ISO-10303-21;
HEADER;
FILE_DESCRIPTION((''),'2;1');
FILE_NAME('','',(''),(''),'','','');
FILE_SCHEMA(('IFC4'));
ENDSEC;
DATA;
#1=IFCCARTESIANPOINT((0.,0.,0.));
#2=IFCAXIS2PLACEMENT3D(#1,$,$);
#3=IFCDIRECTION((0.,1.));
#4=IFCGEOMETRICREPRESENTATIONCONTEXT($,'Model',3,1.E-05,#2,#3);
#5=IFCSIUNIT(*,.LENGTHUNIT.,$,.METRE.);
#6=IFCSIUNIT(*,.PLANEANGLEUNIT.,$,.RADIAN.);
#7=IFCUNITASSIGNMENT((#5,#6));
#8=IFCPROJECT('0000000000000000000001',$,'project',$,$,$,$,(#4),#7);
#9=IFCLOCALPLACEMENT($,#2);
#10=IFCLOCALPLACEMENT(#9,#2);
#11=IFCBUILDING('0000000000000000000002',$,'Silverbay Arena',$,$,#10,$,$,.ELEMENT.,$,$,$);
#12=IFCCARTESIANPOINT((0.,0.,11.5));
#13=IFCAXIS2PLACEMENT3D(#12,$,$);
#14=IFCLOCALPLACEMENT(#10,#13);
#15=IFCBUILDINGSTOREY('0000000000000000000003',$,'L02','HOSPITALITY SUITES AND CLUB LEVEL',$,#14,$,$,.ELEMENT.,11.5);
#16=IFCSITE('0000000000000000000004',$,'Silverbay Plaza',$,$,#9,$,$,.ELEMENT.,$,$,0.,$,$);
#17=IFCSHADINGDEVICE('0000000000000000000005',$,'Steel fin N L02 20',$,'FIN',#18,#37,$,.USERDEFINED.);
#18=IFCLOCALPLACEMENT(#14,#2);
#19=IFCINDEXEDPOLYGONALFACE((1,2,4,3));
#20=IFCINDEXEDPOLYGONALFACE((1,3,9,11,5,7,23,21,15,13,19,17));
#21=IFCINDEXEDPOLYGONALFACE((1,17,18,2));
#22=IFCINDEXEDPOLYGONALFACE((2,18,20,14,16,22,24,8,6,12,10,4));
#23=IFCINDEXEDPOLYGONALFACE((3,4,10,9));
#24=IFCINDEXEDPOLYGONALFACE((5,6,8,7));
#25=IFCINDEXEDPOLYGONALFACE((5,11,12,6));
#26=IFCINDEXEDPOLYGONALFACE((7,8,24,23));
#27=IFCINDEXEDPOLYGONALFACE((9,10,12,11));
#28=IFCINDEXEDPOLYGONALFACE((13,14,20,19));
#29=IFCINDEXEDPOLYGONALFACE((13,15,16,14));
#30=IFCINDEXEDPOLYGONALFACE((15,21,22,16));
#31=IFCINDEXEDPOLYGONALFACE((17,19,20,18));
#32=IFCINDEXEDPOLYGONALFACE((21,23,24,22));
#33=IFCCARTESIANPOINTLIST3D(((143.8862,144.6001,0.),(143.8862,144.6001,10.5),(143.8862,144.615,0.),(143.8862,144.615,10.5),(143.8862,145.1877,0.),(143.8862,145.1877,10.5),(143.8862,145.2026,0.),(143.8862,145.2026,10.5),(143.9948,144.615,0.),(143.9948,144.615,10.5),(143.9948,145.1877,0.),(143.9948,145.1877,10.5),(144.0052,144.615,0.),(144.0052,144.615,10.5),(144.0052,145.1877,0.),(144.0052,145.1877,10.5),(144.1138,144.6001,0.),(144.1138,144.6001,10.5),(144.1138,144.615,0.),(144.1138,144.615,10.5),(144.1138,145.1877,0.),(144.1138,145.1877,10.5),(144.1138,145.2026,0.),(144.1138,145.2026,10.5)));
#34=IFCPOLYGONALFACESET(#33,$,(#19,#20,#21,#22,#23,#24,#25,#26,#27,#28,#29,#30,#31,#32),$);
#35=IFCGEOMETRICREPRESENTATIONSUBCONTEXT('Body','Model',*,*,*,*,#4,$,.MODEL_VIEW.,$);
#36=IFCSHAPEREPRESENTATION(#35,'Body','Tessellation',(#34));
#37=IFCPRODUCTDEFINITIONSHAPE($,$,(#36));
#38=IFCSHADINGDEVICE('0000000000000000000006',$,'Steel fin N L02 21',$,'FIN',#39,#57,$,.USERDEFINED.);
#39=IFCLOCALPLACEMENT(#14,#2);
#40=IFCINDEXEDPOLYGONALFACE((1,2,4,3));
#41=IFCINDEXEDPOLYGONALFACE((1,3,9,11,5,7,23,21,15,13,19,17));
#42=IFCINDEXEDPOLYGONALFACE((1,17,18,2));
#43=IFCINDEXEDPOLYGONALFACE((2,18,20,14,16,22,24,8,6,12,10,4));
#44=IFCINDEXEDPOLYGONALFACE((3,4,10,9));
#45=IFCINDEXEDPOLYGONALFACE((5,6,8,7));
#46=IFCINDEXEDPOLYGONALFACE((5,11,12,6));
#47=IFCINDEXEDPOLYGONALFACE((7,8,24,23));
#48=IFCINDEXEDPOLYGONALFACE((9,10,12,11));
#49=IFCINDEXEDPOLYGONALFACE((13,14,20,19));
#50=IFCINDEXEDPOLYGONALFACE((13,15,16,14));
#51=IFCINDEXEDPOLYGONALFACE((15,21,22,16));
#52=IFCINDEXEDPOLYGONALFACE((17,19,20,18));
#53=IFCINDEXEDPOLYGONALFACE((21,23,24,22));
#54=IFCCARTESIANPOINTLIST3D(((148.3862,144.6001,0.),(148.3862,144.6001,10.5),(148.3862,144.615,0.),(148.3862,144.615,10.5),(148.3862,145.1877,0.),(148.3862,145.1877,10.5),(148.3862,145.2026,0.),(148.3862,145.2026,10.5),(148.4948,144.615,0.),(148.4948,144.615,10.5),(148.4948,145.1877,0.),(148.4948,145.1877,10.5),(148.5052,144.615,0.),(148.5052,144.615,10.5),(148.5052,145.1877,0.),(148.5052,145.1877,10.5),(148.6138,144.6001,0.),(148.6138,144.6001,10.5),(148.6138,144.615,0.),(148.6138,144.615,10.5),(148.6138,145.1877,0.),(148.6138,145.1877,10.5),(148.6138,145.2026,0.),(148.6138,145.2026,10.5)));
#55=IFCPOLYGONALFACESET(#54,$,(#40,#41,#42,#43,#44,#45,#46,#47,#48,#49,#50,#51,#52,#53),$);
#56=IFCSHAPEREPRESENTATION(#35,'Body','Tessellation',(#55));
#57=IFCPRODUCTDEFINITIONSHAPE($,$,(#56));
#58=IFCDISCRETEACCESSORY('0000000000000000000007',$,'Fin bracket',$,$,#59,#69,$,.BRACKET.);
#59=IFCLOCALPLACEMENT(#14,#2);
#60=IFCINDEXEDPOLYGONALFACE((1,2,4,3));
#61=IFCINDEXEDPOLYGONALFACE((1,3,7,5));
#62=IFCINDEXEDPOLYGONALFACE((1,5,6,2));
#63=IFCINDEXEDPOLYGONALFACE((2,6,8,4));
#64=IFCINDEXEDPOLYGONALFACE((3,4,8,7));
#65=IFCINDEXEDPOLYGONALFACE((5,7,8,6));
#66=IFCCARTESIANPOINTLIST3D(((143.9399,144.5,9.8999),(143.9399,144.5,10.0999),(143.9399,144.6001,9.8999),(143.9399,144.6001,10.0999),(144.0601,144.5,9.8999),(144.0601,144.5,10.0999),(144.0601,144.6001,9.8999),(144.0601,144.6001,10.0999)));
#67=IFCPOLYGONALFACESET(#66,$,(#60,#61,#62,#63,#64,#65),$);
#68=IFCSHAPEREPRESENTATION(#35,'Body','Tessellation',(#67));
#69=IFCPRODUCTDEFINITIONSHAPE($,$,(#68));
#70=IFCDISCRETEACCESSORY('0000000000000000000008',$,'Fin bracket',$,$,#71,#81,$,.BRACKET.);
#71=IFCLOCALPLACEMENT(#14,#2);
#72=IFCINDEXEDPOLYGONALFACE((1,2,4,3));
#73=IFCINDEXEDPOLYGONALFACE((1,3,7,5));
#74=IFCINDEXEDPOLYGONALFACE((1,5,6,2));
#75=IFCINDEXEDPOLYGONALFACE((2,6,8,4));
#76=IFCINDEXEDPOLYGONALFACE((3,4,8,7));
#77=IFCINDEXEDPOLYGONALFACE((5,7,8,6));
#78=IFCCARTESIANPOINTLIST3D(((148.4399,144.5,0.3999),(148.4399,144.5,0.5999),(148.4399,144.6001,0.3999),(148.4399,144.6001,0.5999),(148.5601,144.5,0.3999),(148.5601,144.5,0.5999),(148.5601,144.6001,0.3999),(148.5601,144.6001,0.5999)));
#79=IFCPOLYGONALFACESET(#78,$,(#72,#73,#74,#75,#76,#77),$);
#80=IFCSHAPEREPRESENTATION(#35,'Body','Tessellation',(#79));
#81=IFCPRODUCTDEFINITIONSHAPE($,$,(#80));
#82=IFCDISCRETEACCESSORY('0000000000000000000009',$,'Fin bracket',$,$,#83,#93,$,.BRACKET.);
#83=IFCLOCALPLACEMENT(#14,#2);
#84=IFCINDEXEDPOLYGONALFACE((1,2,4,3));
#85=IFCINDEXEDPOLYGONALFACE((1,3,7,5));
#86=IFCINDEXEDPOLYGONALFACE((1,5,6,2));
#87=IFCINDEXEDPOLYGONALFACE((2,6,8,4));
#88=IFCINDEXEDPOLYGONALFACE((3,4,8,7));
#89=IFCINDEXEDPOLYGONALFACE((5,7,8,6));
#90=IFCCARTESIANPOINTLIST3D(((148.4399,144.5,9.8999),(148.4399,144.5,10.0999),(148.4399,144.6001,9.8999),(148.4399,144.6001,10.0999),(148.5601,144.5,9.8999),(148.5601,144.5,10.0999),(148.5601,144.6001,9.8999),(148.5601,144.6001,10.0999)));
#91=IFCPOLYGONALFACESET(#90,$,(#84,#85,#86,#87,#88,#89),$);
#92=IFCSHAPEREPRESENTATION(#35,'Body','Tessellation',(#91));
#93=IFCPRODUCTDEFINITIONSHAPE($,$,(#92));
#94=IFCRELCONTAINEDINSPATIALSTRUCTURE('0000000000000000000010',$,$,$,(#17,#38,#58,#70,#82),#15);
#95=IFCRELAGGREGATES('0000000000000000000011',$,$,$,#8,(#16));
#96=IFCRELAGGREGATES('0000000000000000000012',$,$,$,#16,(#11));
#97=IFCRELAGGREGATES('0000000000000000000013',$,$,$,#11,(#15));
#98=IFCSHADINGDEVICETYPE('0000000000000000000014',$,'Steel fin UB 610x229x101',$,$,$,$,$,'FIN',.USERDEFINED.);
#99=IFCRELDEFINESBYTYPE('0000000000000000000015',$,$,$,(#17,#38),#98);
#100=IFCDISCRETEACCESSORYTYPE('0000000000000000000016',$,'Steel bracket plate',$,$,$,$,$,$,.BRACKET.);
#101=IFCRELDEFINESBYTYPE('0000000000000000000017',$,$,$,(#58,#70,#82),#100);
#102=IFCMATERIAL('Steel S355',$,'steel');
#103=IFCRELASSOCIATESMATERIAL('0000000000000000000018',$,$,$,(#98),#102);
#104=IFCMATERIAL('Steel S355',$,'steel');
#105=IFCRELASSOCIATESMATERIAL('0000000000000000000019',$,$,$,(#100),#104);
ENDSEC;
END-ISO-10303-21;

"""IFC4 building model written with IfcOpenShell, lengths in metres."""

from ifc_helpers import new_model, si_unit, direction, frame, origin, origin_2d, place, context, subcontext, project, spatial, rectangle, i_section, extrude, material, material_profile, profile_set, type_object, element, save


model = new_model("IFC4")

# Units and contexts
model_context = context("Model", 3, precision=1e-05, world=origin(), true_north=direction((0.0, 1.0)))
body_context = subcontext(model_context, "Body", "Model", "MODEL_VIEW")
ifc_project = project(units=[si_unit("LENGTHUNIT", "METRE"), si_unit("PLANEANGLEUNIT", "RADIAN")], contexts=[model_context])

# Site, building, storey
site_placement = place(None, origin())
site = spatial("IfcSite", under=ifc_project, at=site_placement, Name="Silverbay Plaza", CompositionType="ELEMENT", RefElevation=0.0)
building_placement = place(site_placement, origin())
building = spatial("IfcBuilding", under=site, at=building_placement, Name="Silverbay Arena", CompositionType="ELEMENT")
storey_placement = place(building_placement, frame((0.0, 0.0, 11.5)))
storey = spatial("IfcBuildingStorey", under=building, at=storey_placement, Name="L02", Description="HOSPITALITY SUITES AND CLUB LEVEL", CompositionType="ELEMENT", Elevation=11.5)

# Shading devices
ifc_material_1 = material(Name="Steel S355", Category="steel")
ifc_material_profile_1 = material_profile(ifc_material_1, i_section(OverallWidth=0.2275, OverallDepth=0.6025, WebThickness=0.0105, FlangeThickness=0.0149, at=origin_2d()), Name="UB 610x229x101")
ifc_profile_set_1 = profile_set([ifc_material_profile_1], Name="Steel S355")
shading_device_type = type_object("IfcShadingDeviceType", Name="Steel fin UB 610x229x101", ElementType="FIN", PredefinedType="USERDEFINED", material=ifc_profile_set_1)
for number, where, z_axis, x_axis, name in (
    (1, (144.0, 144.9014, 0.0), (0.0, 0.0, 1.0), (1.0, 0.0, 0.0), "Steel fin N L02 20"),
    (2, (148.5, 144.9014, 0.0), (0.0, 0.0, 1.0), (1.0, 0.0, 0.0), "Steel fin N L02 21"),
):
    element("IfcShadingDevice", number, at=place(storey_placement, frame(where, z_axis=z_axis, x_axis=x_axis)), inside=storey, type_object=shading_device_type, Name=name, ObjectType="FIN", PredefinedType="USERDEFINED", context=body_context, shape_type="SweptSolid", body=[
        extrude(i_section(OverallWidth=0.2275, OverallDepth=0.6025, WebThickness=0.0105, FlangeThickness=0.0149, at=origin_2d()), origin(), (0.0, 0.0, 1.0), 10.5),
    ])

# Discrete accessories
ifc_material_2 = material(Name="Steel S355", Category="steel")
discrete_accessory_type = type_object("IfcDiscreteAccessoryType", Name="Steel bracket plate", PredefinedType="BRACKET", material=ifc_material_2)
for number, where, z_axis, x_axis, name in (
    (3, (144.0, 144.55, 9.8999), (0.0, 0.0, 1.0), (1.0, 0.0, 0.0), "Fin bracket"),
    (4, (148.5, 144.55, 0.3999), (0.0, 0.0, 1.0), (1.0, 0.0, 0.0), "Fin bracket"),
    (5, (148.5, 144.55, 9.8999), (0.0, 0.0, 1.0), (1.0, 0.0, 0.0), "Fin bracket"),
):
    element("IfcDiscreteAccessory", number, at=place(storey_placement, frame(where, z_axis=z_axis, x_axis=x_axis)), inside=storey, type_object=discrete_accessory_type, Name=name, PredefinedType="BRACKET", context=body_context, shape_type="SweptSolid", body=[
        extrude(rectangle(XDim=0.1201, YDim=0.1001, at=origin_2d()), origin(), (0.0, 0.0, 1.0), 0.2),
    ])

save(model, "model.ifc")
